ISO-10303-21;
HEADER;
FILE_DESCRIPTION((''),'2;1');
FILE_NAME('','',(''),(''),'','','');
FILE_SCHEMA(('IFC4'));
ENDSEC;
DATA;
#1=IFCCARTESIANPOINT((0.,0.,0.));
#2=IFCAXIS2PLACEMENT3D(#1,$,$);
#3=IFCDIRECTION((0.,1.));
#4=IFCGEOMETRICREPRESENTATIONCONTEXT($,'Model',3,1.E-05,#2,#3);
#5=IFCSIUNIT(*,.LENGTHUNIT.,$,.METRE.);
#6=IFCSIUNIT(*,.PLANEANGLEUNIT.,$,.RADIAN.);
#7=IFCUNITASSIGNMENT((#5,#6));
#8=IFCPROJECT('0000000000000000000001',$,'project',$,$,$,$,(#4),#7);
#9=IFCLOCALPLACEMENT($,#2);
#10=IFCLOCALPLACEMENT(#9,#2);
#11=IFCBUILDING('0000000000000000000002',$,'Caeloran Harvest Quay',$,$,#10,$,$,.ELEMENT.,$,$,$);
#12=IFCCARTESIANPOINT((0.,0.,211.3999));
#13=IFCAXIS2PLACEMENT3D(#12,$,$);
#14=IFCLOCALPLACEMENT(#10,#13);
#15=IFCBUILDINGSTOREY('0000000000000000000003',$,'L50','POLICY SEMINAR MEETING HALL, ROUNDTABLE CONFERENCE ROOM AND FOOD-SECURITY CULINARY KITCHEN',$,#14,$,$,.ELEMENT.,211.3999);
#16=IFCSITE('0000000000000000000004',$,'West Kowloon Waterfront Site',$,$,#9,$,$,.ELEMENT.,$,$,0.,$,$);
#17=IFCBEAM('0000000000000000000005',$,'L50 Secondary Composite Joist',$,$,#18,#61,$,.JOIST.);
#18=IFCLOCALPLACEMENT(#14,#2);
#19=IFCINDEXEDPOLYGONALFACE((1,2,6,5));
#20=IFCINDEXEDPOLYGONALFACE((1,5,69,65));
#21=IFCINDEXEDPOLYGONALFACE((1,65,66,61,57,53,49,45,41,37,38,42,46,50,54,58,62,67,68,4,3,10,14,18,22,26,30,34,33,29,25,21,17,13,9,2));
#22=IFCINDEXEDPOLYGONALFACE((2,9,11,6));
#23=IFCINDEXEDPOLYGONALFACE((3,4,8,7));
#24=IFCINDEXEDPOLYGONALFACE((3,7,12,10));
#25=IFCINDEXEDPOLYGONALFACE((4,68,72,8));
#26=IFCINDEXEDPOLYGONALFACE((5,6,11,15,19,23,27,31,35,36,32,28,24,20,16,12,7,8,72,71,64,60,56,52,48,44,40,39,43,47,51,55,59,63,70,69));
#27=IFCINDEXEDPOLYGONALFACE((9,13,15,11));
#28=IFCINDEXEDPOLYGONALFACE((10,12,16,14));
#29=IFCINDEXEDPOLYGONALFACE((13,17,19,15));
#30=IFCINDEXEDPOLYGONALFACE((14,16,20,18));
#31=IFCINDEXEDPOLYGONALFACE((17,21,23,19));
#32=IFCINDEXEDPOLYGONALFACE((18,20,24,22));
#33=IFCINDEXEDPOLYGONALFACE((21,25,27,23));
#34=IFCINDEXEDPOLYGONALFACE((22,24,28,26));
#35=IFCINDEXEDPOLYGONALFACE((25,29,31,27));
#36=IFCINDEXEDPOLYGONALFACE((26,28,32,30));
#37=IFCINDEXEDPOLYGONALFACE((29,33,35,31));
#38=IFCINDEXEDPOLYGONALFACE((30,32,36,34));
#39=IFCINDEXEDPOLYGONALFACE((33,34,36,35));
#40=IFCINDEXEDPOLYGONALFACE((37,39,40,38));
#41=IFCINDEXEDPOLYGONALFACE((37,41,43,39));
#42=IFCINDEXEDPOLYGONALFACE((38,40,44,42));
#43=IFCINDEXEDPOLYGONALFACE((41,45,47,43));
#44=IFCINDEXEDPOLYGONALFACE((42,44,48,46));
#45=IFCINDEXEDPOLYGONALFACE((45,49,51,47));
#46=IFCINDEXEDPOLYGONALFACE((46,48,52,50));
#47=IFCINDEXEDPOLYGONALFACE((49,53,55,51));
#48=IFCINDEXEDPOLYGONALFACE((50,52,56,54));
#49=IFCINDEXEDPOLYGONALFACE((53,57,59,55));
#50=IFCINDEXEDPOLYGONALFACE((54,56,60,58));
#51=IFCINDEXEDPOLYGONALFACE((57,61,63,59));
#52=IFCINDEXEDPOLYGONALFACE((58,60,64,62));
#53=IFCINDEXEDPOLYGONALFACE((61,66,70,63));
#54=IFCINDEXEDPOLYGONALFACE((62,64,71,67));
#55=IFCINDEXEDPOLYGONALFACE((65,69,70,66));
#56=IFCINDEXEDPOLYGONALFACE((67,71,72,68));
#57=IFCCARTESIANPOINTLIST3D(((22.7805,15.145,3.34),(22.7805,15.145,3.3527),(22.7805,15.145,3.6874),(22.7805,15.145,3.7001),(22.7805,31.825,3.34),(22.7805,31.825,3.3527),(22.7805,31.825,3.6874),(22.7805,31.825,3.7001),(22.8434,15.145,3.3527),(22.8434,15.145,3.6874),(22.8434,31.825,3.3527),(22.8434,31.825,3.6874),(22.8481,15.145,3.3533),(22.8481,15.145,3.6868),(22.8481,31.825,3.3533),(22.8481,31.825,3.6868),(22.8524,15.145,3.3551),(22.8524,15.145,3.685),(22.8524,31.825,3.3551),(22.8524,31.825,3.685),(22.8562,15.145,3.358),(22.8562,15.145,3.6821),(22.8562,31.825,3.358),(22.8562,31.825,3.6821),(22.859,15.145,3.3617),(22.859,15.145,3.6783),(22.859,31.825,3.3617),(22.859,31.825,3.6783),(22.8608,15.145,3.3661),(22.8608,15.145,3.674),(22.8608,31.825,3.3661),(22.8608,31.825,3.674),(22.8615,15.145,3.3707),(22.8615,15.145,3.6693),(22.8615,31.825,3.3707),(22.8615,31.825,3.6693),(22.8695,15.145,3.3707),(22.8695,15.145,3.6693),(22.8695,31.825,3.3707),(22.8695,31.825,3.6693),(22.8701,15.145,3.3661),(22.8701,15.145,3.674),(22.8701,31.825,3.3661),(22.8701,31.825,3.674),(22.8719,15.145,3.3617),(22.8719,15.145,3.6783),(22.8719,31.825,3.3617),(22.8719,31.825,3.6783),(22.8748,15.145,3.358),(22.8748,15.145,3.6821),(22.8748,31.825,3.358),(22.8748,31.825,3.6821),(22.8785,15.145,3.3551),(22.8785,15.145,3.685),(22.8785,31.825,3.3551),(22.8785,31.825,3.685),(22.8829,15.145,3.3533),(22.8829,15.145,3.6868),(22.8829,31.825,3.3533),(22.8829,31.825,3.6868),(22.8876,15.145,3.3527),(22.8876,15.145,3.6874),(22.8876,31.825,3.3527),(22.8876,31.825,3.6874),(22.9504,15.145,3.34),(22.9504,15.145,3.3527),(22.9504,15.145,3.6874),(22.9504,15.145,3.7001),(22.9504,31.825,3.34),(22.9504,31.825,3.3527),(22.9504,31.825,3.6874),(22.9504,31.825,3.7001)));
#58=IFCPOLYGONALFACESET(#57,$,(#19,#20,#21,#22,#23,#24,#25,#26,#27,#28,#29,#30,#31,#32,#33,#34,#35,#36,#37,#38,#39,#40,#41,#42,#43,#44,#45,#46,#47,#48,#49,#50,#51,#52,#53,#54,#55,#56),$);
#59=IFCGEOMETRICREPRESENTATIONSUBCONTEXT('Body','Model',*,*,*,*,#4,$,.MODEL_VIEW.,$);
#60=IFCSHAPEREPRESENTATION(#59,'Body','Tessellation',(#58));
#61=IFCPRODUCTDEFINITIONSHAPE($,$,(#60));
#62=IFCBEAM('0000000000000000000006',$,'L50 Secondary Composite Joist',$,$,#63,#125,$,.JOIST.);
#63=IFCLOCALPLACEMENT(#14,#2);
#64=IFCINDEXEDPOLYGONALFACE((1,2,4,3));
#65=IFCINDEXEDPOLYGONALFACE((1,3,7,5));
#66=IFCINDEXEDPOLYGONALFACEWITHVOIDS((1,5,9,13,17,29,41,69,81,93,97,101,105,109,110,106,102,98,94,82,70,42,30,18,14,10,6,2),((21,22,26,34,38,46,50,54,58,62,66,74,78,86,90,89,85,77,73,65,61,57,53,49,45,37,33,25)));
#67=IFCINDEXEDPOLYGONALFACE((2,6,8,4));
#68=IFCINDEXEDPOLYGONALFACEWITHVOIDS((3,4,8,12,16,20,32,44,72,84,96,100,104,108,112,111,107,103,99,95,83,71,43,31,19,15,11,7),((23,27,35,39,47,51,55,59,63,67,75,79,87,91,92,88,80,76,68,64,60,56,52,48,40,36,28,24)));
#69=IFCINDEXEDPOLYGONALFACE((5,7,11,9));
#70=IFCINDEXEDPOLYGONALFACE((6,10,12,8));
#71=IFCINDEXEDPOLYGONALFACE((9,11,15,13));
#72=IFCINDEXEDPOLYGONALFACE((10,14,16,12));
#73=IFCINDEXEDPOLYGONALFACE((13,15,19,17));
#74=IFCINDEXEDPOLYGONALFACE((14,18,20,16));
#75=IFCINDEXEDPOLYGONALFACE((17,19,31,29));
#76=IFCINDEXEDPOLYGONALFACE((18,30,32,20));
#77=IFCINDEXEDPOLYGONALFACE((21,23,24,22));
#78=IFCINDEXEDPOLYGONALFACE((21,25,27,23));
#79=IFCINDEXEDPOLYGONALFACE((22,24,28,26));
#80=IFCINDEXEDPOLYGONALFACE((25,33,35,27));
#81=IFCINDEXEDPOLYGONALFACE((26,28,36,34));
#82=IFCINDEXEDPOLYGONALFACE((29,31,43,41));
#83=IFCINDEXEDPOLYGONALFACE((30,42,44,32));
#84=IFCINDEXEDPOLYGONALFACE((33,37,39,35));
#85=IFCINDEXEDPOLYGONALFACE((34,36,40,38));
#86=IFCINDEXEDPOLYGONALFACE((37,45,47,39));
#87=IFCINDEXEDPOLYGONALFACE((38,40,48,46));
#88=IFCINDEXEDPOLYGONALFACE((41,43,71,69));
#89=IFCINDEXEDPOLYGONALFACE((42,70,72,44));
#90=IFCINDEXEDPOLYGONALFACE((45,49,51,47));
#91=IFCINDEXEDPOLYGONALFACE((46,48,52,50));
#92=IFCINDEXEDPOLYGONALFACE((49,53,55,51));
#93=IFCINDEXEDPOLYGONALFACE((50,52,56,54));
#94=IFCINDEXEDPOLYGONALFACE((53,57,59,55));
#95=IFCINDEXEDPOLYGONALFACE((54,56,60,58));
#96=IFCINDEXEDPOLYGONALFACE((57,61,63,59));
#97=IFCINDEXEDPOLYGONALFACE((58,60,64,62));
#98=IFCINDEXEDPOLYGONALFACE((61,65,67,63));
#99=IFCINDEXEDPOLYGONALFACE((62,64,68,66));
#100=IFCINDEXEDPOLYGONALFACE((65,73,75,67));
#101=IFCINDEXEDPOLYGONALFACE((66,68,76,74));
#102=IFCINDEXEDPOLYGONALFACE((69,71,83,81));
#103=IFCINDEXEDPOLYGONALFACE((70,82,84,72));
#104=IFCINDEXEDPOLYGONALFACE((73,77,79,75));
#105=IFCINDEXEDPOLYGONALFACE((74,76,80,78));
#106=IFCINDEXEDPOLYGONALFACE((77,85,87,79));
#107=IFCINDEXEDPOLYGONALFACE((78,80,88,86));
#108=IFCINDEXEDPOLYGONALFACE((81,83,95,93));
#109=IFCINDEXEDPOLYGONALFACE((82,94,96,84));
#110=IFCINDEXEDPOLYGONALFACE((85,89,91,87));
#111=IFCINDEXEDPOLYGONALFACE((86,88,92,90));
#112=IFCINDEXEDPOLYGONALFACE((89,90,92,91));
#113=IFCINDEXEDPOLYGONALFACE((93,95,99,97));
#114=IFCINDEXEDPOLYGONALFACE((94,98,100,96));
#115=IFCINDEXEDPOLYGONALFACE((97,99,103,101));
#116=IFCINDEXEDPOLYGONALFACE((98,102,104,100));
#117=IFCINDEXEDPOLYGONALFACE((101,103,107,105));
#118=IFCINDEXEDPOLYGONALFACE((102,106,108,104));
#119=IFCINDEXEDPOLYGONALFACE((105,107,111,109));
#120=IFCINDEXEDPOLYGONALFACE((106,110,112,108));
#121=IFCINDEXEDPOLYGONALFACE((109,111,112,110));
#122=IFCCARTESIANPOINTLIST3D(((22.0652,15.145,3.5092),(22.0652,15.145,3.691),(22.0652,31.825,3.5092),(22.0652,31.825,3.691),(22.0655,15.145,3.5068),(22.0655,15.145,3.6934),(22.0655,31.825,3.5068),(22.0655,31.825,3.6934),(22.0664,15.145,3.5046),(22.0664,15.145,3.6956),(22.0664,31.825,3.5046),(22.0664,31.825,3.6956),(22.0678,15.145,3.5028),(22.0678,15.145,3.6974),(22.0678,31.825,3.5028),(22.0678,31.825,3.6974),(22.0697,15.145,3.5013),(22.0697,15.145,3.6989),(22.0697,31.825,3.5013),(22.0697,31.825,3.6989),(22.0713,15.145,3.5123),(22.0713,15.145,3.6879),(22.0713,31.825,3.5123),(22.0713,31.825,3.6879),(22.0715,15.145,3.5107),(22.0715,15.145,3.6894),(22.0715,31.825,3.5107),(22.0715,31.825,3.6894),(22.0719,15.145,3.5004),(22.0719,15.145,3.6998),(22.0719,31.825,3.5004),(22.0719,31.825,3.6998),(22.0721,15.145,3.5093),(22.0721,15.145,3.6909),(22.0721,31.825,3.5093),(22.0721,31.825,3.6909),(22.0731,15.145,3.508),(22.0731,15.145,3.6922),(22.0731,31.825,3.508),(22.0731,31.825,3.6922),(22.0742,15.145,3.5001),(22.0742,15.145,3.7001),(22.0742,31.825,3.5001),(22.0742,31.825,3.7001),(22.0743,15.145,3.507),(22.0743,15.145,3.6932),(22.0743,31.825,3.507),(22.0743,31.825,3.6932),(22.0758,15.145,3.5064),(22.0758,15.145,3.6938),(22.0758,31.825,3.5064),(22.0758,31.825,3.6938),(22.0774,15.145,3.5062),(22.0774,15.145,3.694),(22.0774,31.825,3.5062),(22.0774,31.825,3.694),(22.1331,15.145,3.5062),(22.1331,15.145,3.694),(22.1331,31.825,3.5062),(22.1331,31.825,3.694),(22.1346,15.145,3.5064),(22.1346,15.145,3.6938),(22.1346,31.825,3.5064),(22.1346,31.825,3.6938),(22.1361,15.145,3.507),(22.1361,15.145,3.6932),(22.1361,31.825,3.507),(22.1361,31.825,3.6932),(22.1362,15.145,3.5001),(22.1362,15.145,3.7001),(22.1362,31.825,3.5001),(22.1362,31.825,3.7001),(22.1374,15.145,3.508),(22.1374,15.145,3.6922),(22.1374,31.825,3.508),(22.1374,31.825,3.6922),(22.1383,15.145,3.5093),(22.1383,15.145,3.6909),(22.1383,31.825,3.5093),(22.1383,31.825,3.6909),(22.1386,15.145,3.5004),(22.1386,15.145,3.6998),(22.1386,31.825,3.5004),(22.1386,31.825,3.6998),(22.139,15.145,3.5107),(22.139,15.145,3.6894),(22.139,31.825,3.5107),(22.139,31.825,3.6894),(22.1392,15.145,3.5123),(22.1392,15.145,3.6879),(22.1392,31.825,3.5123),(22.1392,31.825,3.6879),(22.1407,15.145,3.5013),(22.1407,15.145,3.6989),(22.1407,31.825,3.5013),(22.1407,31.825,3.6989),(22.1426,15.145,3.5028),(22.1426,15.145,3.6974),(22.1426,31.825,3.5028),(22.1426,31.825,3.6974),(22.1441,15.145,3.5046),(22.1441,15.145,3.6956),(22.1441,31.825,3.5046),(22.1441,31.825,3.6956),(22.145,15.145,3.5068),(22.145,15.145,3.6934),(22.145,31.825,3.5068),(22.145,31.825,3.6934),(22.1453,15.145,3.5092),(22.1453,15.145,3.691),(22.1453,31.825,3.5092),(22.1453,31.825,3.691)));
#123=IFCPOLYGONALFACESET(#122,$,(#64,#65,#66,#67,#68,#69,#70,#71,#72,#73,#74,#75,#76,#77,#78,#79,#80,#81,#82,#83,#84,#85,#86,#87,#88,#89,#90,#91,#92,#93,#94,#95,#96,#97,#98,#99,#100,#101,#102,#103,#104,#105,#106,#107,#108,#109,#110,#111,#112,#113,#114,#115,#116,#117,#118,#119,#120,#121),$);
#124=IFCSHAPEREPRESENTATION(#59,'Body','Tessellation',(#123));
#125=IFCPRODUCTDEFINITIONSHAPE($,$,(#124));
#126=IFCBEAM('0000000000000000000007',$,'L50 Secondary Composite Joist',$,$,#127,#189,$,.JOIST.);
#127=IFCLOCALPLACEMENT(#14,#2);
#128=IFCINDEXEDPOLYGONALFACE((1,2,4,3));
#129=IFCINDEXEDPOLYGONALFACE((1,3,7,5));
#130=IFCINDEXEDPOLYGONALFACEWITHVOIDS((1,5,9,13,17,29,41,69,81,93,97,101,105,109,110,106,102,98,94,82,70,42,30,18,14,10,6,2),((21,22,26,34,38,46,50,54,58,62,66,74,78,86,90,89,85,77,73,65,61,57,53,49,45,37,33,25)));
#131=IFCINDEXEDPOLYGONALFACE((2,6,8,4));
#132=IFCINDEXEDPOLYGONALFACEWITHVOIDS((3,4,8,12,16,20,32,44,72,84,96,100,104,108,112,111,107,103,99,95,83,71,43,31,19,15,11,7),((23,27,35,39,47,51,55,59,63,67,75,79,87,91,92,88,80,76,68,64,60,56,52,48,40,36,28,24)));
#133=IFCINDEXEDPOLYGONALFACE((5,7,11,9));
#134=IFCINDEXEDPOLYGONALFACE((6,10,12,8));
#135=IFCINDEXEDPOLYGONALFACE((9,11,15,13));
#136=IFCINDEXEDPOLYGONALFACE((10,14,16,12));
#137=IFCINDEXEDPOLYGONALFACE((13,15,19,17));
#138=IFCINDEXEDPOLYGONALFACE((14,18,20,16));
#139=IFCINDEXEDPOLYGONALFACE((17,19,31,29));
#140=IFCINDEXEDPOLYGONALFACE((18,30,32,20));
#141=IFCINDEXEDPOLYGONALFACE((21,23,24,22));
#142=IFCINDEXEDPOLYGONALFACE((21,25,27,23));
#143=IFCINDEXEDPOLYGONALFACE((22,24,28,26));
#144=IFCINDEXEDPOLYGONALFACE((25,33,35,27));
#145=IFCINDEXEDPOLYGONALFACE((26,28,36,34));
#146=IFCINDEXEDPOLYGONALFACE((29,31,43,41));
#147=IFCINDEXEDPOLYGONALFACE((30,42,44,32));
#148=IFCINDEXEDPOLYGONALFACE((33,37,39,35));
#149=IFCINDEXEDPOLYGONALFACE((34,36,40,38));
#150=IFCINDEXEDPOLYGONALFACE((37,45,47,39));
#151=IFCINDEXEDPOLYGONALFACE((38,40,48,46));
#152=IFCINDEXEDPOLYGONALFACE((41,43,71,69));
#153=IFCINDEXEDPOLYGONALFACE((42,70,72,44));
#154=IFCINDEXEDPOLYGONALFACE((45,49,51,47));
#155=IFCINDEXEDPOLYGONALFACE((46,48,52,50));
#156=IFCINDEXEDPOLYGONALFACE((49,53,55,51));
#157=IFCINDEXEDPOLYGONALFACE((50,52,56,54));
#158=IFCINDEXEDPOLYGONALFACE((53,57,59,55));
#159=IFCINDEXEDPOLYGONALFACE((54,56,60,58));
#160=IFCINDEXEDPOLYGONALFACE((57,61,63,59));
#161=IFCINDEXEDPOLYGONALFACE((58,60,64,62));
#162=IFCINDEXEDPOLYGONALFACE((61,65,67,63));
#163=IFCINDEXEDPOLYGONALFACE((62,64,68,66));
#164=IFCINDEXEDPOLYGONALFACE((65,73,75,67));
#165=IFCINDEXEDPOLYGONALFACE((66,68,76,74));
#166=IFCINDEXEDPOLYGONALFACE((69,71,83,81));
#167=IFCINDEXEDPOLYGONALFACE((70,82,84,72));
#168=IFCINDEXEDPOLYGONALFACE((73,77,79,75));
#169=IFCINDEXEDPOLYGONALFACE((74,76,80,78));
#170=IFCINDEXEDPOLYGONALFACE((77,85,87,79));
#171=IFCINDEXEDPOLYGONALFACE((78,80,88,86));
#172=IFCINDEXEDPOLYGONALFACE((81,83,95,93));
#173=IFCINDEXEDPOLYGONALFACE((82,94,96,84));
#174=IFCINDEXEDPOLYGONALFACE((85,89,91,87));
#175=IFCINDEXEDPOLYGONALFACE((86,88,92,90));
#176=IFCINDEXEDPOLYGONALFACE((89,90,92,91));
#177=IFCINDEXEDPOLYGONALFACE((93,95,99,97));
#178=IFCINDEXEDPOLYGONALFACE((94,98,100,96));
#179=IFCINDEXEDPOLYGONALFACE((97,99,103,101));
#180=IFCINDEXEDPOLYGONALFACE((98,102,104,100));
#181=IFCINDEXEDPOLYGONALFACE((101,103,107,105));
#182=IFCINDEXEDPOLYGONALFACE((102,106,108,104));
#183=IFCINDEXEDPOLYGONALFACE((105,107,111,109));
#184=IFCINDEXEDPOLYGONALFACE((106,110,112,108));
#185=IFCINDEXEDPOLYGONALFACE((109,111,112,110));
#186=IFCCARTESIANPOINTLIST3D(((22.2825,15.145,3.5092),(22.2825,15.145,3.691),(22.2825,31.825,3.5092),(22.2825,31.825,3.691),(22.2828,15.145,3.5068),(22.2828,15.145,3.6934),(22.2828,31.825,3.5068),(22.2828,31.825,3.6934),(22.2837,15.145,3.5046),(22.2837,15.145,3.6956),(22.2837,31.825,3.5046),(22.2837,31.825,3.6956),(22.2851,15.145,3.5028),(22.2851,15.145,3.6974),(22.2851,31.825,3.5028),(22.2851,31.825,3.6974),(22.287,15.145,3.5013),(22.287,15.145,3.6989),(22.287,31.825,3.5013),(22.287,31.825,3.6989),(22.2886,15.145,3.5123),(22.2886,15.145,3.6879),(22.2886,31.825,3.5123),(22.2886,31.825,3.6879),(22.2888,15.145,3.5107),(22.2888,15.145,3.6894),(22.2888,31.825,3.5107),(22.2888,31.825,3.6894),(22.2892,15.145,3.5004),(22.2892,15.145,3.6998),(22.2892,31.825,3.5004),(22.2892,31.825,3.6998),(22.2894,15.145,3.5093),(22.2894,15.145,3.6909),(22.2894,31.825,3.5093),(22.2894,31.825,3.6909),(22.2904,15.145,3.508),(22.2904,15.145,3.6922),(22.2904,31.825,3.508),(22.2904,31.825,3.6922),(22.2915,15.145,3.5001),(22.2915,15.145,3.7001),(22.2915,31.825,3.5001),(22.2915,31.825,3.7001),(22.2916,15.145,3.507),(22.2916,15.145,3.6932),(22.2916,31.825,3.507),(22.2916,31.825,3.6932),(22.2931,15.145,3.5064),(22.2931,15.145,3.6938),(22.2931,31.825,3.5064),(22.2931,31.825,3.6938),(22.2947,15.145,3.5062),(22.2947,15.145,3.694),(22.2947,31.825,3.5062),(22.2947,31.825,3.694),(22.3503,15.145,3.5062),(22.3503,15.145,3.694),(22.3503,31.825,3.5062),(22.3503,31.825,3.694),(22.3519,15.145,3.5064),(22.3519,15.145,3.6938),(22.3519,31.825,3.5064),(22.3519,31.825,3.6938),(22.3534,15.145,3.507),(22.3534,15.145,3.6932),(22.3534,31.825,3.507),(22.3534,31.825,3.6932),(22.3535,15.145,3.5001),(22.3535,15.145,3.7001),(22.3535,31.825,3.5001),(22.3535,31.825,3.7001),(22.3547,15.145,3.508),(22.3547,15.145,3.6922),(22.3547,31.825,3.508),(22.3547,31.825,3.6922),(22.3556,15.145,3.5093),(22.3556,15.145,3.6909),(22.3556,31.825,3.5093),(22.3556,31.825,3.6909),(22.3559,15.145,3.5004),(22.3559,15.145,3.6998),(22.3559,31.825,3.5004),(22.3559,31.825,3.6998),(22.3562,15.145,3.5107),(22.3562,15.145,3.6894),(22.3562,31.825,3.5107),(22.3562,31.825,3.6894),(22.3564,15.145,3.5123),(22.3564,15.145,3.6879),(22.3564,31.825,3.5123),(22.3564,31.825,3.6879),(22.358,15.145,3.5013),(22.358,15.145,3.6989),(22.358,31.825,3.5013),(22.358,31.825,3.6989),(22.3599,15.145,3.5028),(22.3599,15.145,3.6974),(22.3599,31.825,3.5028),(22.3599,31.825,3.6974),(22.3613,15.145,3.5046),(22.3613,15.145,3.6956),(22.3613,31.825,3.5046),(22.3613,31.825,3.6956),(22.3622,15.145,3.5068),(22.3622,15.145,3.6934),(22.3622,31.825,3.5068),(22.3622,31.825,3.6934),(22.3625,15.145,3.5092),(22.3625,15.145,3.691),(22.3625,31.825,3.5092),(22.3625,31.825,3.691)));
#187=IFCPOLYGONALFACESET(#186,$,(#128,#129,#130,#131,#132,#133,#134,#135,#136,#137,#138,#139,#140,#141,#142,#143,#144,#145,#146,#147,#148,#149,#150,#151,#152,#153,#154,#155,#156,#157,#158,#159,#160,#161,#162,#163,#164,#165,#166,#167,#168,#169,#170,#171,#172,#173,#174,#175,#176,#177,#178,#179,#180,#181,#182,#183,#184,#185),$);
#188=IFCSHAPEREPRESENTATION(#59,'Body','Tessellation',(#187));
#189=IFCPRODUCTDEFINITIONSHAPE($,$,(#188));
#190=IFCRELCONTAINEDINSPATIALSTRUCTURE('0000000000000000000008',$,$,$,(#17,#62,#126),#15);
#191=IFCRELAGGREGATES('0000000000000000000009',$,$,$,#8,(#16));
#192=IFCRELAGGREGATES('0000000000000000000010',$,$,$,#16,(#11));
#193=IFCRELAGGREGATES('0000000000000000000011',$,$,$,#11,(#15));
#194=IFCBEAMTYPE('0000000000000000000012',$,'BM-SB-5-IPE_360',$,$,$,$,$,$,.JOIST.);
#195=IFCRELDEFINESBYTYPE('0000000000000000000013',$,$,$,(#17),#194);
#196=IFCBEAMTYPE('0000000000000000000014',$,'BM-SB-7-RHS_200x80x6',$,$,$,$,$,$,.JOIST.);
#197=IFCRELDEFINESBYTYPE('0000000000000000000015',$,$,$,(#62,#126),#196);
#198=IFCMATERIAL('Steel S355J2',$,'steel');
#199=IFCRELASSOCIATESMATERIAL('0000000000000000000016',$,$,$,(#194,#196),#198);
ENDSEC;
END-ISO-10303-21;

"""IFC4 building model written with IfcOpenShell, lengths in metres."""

from ifc_helpers import new_model, si_unit, direction, frame, origin, origin_2d, place, context, subcontext, project, spatial, hollow_rectangle, i_section, extrude, material, material_profile, profile_set, type_object, element, save


model = new_model("IFC4")

# Units and contexts
model_context = context("Model", 3, precision=1e-05, world=origin(), true_north=direction((0.0, 1.0)))
body_context = subcontext(model_context, "Body", "Model", "MODEL_VIEW")
ifc_project = project(units=[si_unit("LENGTHUNIT", "METRE"), si_unit("PLANEANGLEUNIT", "RADIAN")], contexts=[model_context])

# Site, building, storey
site_placement = place(None, origin())
site = spatial("IfcSite", under=ifc_project, at=site_placement, Name="West Kowloon Waterfront Site", CompositionType="ELEMENT", RefElevation=0.0)
building_placement = place(site_placement, origin())
building = spatial("IfcBuilding", under=site, at=building_placement, Name="Caeloran Harvest Quay", CompositionType="ELEMENT")
storey_placement = place(building_placement, frame((0.0, 0.0, 211.3999)))
storey = spatial("IfcBuildingStorey", under=building, at=storey_placement, Name="L50", Description="POLICY SEMINAR MEETING HALL, ROUNDTABLE CONFERENCE ROOM AND FOOD-SECURITY CULINARY KITCHEN", CompositionType="ELEMENT", Elevation=211.3999)

# Beams
ifc_material_1 = material(Name="Steel S355J2", Category="steel")
ifc_material_profile_1 = material_profile(ifc_material_1, i_section(OverallWidth=0.1699, OverallDepth=0.3601, WebThickness=0.0081, FlangeThickness=0.0127, FilletRadius=0.0181, at=origin_2d()), Name="IPE 360")
ifc_profile_set_1 = profile_set([ifc_material_profile_1], Name="Steel S355J2")
beam_type_1 = type_object("IfcBeamType", Name="BM-SB-5-IPE_360", PredefinedType="JOIST", material=ifc_profile_set_1)
for number, where, z_axis, x_axis, name in (
    (1, (22.8655, 15.145, 3.52), (0.0, 1.0, 0.0), (-1.0, 0.0, 0.0), "L50 Secondary Composite Joist"),
):
    element("IfcBeam", number, at=place(storey_placement, frame(where, z_axis=z_axis, x_axis=x_axis)), inside=storey, type_object=beam_type_1, Name=name, PredefinedType="JOIST", context=body_context, shape_type="SweptSolid", body=[
        extrude(i_section(OverallWidth=0.1699, OverallDepth=0.3601, WebThickness=0.0081, FlangeThickness=0.0127, FilletRadius=0.0181, at=origin_2d()), origin(), (0.0, 0.0, 1.0), 16.6799),
    ])
ifc_material_profile_2 = material_profile(ifc_material_1, hollow_rectangle(XDim=0.0801, YDim=0.2, WallThickness=0.0061, InnerFilletRadius=0.0061, OuterFilletRadius=0.009, at=origin_2d()), Name="RHS 200x80x6")
ifc_profile_set_2 = profile_set([ifc_material_profile_2], Name="Steel S355J2")
beam_type_2 = type_object("IfcBeamType", Name="BM-SB-7-RHS_200x80x6", PredefinedType="JOIST", material=ifc_profile_set_2)
for number, where, z_axis, x_axis, name in (
    (2, (22.1052, 15.145, 3.6001), (0.0, 1.0, 0.0), (-1.0, 0.0, 0.0), "L50 Secondary Composite Joist"),
    (3, (22.3225, 15.145, 3.6001), (0.0, 1.0, 0.0), (-1.0, 0.0, 0.0), "L50 Secondary Composite Joist"),
):
    element("IfcBeam", number, at=place(storey_placement, frame(where, z_axis=z_axis, x_axis=x_axis)), inside=storey, type_object=beam_type_2, Name=name, PredefinedType="JOIST", context=body_context, shape_type="SweptSolid", body=[
        extrude(hollow_rectangle(XDim=0.0801, YDim=0.2, WallThickness=0.0061, InnerFilletRadius=0.0061, OuterFilletRadius=0.009, at=origin_2d()), origin(), (0.0, 0.0, 1.0), 16.6799),
    ])

save(model, "model.ifc")
